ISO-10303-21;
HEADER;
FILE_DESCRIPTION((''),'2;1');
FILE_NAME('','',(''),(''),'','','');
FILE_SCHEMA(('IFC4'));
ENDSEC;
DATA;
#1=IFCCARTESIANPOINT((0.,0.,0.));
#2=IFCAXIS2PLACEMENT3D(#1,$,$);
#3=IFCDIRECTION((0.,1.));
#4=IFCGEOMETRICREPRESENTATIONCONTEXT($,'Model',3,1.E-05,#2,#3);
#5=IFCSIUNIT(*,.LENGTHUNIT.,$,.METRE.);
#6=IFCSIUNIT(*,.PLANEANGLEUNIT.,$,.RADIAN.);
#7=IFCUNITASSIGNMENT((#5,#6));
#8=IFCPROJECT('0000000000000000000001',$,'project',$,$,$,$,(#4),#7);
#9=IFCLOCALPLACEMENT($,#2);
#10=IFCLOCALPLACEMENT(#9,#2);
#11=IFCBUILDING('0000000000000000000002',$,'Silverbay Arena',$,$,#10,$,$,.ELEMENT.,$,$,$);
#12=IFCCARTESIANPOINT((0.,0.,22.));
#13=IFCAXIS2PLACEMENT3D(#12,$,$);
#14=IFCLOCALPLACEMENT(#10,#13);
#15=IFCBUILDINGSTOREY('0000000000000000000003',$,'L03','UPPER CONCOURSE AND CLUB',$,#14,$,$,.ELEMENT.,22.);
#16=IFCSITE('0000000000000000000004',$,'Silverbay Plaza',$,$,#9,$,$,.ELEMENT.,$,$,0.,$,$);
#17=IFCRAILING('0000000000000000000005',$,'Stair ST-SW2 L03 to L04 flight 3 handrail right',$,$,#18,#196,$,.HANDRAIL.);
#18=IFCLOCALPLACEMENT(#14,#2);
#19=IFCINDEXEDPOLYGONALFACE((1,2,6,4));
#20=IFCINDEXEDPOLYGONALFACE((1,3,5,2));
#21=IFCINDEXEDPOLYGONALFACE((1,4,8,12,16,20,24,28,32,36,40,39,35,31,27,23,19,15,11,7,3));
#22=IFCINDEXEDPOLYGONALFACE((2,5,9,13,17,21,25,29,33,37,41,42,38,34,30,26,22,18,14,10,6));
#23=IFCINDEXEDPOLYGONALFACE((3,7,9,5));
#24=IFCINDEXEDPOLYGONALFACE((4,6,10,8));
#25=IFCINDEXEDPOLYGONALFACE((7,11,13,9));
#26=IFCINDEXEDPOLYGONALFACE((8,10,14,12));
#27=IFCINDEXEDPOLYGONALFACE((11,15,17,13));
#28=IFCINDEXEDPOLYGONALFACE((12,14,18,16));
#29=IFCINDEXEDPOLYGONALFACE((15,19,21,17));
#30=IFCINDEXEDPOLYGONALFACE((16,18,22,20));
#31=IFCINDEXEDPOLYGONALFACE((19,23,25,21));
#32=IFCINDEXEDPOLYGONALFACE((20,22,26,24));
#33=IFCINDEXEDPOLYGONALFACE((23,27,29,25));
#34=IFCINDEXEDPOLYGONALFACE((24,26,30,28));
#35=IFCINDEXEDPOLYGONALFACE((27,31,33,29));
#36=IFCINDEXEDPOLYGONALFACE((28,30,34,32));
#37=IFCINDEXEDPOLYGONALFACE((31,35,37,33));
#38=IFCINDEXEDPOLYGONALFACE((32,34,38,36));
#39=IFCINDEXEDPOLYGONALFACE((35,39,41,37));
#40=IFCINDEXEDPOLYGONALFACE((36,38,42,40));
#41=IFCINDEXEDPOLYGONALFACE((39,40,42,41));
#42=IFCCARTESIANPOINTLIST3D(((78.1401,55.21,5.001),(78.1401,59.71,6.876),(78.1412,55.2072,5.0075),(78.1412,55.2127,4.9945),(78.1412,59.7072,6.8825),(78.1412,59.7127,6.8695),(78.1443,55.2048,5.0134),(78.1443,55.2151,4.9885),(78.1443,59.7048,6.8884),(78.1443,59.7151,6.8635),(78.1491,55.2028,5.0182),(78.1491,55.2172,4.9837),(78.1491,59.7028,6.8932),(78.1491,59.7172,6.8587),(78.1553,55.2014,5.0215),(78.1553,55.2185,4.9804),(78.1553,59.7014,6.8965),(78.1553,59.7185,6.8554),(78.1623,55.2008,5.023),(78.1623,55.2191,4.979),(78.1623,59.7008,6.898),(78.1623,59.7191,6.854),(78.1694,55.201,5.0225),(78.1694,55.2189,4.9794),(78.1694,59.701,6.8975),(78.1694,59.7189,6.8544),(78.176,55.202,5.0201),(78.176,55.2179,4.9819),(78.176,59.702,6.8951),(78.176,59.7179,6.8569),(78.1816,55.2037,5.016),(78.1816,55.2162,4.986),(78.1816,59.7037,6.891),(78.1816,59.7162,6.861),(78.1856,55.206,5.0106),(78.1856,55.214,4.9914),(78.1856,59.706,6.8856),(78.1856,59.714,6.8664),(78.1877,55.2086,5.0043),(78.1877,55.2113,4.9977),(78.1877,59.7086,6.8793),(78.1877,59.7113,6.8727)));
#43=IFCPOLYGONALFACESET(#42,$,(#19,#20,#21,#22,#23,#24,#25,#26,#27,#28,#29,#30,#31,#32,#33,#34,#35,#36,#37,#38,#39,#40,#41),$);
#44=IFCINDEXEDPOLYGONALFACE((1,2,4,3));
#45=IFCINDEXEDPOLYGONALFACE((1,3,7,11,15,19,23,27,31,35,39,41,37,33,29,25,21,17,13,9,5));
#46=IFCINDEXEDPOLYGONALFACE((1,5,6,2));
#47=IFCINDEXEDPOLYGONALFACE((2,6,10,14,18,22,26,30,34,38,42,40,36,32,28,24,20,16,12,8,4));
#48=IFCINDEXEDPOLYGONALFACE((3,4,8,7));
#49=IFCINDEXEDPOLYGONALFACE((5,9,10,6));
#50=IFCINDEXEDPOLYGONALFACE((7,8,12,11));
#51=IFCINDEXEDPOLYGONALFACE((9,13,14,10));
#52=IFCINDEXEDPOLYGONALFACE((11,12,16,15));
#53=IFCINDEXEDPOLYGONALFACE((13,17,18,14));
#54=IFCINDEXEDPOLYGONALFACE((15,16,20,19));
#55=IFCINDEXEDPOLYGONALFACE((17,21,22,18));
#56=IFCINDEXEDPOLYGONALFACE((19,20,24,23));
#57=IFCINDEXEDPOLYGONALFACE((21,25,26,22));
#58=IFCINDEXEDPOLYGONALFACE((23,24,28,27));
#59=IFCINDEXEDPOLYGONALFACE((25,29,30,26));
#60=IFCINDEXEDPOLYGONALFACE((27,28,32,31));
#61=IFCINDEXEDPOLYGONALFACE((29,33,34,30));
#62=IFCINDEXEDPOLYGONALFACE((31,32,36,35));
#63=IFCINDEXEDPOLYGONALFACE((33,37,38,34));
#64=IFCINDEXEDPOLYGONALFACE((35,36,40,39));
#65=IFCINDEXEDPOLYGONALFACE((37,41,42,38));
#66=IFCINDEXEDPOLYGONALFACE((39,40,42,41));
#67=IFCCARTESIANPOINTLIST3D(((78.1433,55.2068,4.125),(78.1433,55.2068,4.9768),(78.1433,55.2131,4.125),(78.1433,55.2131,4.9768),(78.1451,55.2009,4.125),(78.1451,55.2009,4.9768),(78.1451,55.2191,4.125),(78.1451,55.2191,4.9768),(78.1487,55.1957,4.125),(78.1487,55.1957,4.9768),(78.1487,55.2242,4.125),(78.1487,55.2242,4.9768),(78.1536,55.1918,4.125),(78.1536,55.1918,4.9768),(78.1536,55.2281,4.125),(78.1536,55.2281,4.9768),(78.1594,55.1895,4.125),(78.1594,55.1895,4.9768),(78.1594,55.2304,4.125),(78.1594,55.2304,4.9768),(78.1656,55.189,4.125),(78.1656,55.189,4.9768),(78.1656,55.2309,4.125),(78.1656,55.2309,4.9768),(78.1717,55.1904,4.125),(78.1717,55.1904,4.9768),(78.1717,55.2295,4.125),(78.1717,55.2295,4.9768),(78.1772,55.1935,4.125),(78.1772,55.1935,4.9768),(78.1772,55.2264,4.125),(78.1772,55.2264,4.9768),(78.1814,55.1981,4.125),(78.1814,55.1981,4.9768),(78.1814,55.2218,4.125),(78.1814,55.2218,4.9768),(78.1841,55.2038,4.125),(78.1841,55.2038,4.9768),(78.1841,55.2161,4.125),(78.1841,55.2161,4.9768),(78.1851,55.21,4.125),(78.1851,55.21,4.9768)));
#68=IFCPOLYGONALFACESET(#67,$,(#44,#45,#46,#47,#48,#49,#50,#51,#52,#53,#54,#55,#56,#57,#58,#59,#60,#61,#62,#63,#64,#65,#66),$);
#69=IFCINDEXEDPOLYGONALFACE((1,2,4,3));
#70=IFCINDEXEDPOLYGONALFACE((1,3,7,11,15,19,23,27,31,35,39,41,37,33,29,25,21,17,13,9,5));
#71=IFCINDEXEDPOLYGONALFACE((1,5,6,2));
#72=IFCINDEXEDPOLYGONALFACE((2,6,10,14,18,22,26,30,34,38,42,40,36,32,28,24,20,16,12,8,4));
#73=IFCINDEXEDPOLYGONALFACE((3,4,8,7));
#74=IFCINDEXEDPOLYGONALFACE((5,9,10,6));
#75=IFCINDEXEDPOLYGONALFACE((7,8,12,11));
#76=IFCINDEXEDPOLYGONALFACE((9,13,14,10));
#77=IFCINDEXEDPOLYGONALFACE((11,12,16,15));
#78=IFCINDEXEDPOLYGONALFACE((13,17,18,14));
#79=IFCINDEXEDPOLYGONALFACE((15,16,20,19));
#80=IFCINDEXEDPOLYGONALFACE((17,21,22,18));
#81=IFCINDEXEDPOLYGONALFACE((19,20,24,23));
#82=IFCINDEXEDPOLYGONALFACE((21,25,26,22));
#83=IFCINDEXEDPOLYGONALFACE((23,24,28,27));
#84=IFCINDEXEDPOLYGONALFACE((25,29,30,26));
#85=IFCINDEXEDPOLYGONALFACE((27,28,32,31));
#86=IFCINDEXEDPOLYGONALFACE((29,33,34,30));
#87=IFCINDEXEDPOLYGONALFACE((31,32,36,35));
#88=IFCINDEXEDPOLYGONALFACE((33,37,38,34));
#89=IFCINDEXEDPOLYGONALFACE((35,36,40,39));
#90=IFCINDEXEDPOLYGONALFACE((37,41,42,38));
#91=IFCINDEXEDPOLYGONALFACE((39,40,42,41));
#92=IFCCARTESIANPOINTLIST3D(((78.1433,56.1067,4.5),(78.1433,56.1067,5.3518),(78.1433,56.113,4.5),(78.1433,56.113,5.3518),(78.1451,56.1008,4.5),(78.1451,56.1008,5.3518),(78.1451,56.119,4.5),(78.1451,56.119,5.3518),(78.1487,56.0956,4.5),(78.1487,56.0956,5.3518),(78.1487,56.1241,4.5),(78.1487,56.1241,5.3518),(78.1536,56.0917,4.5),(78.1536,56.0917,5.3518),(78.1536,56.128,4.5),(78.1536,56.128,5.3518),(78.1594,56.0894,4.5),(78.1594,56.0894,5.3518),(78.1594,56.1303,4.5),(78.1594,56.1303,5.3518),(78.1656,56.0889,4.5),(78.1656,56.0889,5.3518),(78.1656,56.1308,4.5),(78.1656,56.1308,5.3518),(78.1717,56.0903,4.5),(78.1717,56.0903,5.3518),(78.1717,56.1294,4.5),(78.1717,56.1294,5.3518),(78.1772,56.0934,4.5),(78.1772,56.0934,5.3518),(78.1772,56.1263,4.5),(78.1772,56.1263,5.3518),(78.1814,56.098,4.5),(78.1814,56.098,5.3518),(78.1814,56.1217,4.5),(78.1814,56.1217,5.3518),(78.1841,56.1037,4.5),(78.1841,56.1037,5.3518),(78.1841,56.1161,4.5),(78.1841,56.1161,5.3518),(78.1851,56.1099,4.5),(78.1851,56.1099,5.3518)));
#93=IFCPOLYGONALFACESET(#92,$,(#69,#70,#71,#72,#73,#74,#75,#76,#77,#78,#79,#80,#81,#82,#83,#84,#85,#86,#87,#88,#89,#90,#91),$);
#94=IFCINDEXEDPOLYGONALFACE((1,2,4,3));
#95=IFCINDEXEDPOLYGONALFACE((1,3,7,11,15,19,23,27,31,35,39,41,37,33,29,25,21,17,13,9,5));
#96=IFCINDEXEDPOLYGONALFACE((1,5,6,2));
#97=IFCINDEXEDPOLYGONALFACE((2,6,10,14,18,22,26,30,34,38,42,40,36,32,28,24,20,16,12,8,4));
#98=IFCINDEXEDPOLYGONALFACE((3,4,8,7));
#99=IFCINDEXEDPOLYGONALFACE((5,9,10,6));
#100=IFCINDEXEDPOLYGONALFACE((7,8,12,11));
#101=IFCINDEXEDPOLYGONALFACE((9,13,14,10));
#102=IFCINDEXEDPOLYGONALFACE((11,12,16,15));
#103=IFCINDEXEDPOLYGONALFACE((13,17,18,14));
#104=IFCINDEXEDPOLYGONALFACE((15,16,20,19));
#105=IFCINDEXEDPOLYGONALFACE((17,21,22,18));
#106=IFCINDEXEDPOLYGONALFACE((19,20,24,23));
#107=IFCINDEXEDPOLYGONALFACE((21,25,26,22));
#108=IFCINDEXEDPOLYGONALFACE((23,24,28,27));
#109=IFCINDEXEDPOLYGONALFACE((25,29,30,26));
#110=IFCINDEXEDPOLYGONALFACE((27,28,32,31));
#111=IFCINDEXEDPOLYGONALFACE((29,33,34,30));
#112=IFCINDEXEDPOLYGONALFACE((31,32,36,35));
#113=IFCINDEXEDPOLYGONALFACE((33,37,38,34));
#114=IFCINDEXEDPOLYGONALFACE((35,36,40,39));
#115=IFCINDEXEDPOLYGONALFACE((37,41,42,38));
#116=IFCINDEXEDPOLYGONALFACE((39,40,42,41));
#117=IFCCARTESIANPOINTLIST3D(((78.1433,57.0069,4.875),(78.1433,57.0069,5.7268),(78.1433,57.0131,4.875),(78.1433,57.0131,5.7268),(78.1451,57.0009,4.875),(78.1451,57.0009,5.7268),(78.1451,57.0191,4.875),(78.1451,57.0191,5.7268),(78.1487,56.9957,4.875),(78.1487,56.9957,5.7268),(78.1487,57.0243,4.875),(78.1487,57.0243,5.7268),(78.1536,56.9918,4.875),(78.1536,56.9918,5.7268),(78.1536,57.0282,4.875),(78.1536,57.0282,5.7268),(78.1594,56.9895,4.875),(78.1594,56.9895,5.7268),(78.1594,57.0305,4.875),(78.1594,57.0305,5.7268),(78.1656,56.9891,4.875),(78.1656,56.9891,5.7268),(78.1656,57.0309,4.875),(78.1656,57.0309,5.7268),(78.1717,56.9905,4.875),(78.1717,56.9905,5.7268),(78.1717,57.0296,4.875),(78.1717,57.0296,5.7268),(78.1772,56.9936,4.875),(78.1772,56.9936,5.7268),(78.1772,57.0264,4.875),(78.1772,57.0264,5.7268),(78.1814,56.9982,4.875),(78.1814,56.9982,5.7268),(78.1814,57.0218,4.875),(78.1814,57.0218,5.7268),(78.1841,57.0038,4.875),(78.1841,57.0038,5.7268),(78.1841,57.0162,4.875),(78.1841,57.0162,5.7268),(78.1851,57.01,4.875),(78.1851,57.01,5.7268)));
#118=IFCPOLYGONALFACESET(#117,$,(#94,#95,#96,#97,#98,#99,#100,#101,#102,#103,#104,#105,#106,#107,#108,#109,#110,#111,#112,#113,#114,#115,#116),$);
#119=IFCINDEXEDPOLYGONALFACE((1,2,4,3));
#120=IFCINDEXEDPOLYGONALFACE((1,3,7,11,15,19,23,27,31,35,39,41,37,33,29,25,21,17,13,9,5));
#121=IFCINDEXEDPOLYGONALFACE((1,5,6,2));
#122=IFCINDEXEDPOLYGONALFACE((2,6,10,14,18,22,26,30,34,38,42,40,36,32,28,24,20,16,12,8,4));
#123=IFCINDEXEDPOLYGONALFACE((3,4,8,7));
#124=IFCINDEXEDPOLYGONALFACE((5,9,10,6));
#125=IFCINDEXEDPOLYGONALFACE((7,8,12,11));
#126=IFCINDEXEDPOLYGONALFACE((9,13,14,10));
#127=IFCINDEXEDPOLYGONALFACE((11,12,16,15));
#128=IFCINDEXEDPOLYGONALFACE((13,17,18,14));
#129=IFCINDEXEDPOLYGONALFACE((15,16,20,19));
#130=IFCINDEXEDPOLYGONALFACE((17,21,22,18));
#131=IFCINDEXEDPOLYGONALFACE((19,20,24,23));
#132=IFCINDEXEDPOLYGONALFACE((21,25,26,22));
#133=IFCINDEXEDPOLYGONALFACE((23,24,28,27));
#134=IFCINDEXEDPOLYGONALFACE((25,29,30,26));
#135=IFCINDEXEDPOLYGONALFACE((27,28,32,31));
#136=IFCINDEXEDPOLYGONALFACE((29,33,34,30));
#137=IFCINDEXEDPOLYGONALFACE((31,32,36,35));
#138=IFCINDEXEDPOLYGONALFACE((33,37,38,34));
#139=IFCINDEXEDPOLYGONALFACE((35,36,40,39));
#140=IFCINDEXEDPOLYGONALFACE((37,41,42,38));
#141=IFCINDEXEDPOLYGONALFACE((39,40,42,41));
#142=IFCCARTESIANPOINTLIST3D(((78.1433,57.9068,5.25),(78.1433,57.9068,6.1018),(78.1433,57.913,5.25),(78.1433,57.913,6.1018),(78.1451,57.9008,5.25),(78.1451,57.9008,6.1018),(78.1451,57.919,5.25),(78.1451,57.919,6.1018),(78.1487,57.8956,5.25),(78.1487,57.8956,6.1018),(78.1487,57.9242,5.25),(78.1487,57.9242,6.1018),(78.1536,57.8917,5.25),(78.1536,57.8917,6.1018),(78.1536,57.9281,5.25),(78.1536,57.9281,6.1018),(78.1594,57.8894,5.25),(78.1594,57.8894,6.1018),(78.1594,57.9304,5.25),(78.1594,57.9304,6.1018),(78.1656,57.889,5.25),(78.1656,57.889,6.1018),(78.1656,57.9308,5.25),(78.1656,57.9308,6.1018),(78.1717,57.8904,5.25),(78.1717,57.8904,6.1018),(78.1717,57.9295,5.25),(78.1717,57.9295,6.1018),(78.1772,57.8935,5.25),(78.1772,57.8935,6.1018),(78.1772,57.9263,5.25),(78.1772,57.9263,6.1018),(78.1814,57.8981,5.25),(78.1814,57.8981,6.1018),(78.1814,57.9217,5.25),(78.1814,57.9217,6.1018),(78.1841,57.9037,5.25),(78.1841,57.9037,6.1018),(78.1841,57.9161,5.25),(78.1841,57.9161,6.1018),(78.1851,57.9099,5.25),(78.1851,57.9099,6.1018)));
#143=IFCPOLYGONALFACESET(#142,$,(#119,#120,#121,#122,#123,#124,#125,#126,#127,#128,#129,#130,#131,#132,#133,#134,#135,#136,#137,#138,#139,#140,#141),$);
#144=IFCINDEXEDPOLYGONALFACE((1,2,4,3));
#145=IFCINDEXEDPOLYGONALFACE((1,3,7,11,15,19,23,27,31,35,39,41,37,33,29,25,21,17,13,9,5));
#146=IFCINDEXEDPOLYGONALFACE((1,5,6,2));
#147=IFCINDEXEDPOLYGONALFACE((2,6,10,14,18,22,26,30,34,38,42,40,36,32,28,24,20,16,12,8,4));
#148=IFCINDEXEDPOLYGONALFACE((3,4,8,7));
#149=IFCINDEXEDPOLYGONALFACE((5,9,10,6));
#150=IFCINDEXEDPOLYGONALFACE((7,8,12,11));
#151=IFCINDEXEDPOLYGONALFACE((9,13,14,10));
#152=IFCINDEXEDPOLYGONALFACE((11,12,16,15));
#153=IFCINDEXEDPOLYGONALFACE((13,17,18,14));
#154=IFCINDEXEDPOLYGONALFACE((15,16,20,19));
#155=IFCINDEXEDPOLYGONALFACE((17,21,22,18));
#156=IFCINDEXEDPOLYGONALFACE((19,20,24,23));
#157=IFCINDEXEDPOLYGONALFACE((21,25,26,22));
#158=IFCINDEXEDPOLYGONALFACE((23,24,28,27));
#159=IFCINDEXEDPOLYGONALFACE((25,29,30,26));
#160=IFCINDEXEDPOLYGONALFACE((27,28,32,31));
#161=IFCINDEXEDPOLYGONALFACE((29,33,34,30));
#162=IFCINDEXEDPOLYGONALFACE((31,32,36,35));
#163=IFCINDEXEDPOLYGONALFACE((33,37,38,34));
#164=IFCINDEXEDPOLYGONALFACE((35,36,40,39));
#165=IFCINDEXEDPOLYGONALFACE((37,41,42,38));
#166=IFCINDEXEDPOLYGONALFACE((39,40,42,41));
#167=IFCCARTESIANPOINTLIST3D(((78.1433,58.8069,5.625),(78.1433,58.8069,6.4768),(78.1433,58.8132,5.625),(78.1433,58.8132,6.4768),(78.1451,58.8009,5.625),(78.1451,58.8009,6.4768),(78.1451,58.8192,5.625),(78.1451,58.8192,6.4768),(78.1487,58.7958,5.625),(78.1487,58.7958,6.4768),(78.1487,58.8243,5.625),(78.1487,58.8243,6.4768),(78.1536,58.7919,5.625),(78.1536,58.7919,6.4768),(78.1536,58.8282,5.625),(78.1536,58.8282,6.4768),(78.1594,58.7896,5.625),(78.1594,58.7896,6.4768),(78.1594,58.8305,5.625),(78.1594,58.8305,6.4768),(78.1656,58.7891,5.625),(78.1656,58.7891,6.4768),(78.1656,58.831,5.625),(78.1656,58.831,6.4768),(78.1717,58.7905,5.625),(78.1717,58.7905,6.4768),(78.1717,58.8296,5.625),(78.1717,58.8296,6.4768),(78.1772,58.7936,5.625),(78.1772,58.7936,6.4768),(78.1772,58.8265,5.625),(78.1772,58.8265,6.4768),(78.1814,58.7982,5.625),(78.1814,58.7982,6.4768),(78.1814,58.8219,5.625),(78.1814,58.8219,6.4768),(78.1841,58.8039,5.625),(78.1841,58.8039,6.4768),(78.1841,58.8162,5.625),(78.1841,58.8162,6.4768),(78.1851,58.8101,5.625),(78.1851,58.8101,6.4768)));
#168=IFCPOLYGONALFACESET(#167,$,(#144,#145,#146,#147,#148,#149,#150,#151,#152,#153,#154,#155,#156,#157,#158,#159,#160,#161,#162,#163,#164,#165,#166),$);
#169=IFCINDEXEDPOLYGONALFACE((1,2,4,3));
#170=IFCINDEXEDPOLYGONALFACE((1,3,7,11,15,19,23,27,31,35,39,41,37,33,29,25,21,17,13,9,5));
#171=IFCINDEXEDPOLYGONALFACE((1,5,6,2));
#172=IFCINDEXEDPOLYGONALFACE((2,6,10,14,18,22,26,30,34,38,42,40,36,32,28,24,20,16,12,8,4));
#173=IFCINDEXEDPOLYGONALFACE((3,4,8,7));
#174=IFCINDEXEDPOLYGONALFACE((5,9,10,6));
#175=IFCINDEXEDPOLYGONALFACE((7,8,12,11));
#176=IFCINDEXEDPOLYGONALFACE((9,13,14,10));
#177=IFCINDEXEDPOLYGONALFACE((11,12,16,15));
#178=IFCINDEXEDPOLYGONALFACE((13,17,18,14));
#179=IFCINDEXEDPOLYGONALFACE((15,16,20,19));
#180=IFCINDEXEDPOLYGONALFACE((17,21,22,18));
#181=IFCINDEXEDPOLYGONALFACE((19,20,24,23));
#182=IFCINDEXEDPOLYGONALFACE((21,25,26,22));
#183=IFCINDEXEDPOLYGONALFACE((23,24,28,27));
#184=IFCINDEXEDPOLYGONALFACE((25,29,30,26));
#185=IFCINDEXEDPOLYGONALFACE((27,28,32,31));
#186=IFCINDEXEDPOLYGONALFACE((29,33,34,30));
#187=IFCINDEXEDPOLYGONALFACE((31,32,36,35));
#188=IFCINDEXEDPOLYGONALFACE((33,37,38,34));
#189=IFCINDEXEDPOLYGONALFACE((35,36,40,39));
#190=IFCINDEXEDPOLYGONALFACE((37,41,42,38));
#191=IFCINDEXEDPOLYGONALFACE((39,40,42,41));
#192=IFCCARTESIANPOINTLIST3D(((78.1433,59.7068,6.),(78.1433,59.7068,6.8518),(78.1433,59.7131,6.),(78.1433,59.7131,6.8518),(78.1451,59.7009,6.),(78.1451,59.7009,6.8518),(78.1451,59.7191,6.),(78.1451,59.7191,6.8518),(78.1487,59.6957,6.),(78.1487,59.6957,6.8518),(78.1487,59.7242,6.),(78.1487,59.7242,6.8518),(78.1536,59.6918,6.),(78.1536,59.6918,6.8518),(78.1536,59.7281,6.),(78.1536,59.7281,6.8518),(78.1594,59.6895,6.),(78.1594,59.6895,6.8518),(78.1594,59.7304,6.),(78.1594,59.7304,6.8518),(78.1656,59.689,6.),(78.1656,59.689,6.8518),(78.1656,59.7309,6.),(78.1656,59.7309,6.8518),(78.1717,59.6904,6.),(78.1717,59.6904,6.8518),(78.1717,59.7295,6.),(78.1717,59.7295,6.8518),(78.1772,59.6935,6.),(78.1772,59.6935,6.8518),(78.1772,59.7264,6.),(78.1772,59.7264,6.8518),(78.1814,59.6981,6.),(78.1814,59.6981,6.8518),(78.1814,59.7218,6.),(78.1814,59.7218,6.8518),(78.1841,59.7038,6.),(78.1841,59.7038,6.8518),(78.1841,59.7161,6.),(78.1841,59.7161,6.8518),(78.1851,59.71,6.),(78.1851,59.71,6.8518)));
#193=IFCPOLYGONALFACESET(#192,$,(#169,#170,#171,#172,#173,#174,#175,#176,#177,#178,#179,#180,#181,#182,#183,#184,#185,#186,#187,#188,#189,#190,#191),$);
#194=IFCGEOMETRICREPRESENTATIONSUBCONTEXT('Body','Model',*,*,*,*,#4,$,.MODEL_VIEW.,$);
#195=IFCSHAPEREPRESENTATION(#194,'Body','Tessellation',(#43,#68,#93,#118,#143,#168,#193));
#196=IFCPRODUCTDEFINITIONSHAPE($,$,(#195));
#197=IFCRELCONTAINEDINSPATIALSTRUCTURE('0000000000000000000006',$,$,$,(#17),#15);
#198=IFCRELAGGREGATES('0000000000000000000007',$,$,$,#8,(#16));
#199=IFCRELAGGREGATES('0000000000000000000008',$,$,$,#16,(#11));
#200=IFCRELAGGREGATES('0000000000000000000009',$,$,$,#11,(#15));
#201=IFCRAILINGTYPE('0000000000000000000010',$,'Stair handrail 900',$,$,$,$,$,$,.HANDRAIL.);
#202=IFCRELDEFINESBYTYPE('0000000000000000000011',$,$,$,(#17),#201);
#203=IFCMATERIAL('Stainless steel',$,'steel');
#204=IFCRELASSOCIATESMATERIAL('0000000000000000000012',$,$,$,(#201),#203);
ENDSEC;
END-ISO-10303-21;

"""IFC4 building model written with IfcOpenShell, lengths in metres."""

from ifc_helpers import new_model, si_unit, direction, frame, origin, origin_2d, place, context, subcontext, project, spatial, circle, extrude, material, type_object, element, save


model = new_model("IFC4")

# Units and contexts
model_context = context("Model", 3, precision=1e-05, world=origin(), true_north=direction((0.0, 1.0)))
body_context = subcontext(model_context, "Body", "Model", "MODEL_VIEW")
ifc_project = project(units=[si_unit("LENGTHUNIT", "METRE"), si_unit("PLANEANGLEUNIT", "RADIAN")], contexts=[model_context])

# Site, building, storey
site_placement = place(None, origin())
site = spatial("IfcSite", under=ifc_project, at=site_placement, Name="Silverbay Plaza", CompositionType="ELEMENT", RefElevation=0.0)
building_placement = place(site_placement, origin())
building = spatial("IfcBuilding", under=site, at=building_placement, Name="Silverbay Arena", CompositionType="ELEMENT")
storey_placement = place(building_placement, frame((0.0, 0.0, 22.0)))
storey = spatial("IfcBuildingStorey", under=building, at=storey_placement, Name="L03", Description="UPPER CONCOURSE AND CLUB", CompositionType="ELEMENT", Elevation=22.0)

# Railing
ifc_material_1 = material(Name="Stainless steel", Category="steel")
railing_type_1 = type_object("IfcRailingType", Name="Stair handrail 900", PredefinedType="HANDRAIL", material=ifc_material_1)
for number, where, name in (
    (1, (78.1641, 55.21, 4.125), "Stair ST-SW2 L03 to L04 flight 3 handrail right"),
):
    element("IfcRailing", number, at=place(storey_placement, frame(where)), inside=storey, type_object=railing_type_1, Name=name, PredefinedType="HANDRAIL", context=body_context, shape_type="SweptSolid", body=[
        extrude(circle(Radius=0.0239, at=origin_2d()), frame((0.0, 0.0, 0.876), z_axis=(0.0, 0.923077, 0.384615), x_axis=(-1.0, 0.0, 0.0)), (0.0, 0.0, 1.0), 4.875),
        extrude(circle(Radius=0.021, at=origin_2d()), origin(), (0.0, 0.0, 1.0), 0.8518),
        extrude(circle(Radius=0.021, at=origin_2d()), frame((0.0, 0.8999, 0.375)), (0.0, 0.0, 1.0), 0.8518),
        extrude(circle(Radius=0.021, at=origin_2d()), frame((0.0, 1.8, 0.75)), (0.0, 0.0, 1.0), 0.8518),
        extrude(circle(Radius=0.021, at=origin_2d()), frame((0.0, 2.7, 1.125)), (0.0, 0.0, 1.0), 0.8518),
        extrude(circle(Radius=0.021, at=origin_2d()), frame((0.0, 3.6001, 1.5)), (0.0, 0.0, 1.0), 0.8518),
        extrude(circle(Radius=0.021, at=origin_2d()), frame((0.0, 4.5, 1.875)), (0.0, 0.0, 1.0), 0.8518),
    ])

save(model, "model.ifc")
